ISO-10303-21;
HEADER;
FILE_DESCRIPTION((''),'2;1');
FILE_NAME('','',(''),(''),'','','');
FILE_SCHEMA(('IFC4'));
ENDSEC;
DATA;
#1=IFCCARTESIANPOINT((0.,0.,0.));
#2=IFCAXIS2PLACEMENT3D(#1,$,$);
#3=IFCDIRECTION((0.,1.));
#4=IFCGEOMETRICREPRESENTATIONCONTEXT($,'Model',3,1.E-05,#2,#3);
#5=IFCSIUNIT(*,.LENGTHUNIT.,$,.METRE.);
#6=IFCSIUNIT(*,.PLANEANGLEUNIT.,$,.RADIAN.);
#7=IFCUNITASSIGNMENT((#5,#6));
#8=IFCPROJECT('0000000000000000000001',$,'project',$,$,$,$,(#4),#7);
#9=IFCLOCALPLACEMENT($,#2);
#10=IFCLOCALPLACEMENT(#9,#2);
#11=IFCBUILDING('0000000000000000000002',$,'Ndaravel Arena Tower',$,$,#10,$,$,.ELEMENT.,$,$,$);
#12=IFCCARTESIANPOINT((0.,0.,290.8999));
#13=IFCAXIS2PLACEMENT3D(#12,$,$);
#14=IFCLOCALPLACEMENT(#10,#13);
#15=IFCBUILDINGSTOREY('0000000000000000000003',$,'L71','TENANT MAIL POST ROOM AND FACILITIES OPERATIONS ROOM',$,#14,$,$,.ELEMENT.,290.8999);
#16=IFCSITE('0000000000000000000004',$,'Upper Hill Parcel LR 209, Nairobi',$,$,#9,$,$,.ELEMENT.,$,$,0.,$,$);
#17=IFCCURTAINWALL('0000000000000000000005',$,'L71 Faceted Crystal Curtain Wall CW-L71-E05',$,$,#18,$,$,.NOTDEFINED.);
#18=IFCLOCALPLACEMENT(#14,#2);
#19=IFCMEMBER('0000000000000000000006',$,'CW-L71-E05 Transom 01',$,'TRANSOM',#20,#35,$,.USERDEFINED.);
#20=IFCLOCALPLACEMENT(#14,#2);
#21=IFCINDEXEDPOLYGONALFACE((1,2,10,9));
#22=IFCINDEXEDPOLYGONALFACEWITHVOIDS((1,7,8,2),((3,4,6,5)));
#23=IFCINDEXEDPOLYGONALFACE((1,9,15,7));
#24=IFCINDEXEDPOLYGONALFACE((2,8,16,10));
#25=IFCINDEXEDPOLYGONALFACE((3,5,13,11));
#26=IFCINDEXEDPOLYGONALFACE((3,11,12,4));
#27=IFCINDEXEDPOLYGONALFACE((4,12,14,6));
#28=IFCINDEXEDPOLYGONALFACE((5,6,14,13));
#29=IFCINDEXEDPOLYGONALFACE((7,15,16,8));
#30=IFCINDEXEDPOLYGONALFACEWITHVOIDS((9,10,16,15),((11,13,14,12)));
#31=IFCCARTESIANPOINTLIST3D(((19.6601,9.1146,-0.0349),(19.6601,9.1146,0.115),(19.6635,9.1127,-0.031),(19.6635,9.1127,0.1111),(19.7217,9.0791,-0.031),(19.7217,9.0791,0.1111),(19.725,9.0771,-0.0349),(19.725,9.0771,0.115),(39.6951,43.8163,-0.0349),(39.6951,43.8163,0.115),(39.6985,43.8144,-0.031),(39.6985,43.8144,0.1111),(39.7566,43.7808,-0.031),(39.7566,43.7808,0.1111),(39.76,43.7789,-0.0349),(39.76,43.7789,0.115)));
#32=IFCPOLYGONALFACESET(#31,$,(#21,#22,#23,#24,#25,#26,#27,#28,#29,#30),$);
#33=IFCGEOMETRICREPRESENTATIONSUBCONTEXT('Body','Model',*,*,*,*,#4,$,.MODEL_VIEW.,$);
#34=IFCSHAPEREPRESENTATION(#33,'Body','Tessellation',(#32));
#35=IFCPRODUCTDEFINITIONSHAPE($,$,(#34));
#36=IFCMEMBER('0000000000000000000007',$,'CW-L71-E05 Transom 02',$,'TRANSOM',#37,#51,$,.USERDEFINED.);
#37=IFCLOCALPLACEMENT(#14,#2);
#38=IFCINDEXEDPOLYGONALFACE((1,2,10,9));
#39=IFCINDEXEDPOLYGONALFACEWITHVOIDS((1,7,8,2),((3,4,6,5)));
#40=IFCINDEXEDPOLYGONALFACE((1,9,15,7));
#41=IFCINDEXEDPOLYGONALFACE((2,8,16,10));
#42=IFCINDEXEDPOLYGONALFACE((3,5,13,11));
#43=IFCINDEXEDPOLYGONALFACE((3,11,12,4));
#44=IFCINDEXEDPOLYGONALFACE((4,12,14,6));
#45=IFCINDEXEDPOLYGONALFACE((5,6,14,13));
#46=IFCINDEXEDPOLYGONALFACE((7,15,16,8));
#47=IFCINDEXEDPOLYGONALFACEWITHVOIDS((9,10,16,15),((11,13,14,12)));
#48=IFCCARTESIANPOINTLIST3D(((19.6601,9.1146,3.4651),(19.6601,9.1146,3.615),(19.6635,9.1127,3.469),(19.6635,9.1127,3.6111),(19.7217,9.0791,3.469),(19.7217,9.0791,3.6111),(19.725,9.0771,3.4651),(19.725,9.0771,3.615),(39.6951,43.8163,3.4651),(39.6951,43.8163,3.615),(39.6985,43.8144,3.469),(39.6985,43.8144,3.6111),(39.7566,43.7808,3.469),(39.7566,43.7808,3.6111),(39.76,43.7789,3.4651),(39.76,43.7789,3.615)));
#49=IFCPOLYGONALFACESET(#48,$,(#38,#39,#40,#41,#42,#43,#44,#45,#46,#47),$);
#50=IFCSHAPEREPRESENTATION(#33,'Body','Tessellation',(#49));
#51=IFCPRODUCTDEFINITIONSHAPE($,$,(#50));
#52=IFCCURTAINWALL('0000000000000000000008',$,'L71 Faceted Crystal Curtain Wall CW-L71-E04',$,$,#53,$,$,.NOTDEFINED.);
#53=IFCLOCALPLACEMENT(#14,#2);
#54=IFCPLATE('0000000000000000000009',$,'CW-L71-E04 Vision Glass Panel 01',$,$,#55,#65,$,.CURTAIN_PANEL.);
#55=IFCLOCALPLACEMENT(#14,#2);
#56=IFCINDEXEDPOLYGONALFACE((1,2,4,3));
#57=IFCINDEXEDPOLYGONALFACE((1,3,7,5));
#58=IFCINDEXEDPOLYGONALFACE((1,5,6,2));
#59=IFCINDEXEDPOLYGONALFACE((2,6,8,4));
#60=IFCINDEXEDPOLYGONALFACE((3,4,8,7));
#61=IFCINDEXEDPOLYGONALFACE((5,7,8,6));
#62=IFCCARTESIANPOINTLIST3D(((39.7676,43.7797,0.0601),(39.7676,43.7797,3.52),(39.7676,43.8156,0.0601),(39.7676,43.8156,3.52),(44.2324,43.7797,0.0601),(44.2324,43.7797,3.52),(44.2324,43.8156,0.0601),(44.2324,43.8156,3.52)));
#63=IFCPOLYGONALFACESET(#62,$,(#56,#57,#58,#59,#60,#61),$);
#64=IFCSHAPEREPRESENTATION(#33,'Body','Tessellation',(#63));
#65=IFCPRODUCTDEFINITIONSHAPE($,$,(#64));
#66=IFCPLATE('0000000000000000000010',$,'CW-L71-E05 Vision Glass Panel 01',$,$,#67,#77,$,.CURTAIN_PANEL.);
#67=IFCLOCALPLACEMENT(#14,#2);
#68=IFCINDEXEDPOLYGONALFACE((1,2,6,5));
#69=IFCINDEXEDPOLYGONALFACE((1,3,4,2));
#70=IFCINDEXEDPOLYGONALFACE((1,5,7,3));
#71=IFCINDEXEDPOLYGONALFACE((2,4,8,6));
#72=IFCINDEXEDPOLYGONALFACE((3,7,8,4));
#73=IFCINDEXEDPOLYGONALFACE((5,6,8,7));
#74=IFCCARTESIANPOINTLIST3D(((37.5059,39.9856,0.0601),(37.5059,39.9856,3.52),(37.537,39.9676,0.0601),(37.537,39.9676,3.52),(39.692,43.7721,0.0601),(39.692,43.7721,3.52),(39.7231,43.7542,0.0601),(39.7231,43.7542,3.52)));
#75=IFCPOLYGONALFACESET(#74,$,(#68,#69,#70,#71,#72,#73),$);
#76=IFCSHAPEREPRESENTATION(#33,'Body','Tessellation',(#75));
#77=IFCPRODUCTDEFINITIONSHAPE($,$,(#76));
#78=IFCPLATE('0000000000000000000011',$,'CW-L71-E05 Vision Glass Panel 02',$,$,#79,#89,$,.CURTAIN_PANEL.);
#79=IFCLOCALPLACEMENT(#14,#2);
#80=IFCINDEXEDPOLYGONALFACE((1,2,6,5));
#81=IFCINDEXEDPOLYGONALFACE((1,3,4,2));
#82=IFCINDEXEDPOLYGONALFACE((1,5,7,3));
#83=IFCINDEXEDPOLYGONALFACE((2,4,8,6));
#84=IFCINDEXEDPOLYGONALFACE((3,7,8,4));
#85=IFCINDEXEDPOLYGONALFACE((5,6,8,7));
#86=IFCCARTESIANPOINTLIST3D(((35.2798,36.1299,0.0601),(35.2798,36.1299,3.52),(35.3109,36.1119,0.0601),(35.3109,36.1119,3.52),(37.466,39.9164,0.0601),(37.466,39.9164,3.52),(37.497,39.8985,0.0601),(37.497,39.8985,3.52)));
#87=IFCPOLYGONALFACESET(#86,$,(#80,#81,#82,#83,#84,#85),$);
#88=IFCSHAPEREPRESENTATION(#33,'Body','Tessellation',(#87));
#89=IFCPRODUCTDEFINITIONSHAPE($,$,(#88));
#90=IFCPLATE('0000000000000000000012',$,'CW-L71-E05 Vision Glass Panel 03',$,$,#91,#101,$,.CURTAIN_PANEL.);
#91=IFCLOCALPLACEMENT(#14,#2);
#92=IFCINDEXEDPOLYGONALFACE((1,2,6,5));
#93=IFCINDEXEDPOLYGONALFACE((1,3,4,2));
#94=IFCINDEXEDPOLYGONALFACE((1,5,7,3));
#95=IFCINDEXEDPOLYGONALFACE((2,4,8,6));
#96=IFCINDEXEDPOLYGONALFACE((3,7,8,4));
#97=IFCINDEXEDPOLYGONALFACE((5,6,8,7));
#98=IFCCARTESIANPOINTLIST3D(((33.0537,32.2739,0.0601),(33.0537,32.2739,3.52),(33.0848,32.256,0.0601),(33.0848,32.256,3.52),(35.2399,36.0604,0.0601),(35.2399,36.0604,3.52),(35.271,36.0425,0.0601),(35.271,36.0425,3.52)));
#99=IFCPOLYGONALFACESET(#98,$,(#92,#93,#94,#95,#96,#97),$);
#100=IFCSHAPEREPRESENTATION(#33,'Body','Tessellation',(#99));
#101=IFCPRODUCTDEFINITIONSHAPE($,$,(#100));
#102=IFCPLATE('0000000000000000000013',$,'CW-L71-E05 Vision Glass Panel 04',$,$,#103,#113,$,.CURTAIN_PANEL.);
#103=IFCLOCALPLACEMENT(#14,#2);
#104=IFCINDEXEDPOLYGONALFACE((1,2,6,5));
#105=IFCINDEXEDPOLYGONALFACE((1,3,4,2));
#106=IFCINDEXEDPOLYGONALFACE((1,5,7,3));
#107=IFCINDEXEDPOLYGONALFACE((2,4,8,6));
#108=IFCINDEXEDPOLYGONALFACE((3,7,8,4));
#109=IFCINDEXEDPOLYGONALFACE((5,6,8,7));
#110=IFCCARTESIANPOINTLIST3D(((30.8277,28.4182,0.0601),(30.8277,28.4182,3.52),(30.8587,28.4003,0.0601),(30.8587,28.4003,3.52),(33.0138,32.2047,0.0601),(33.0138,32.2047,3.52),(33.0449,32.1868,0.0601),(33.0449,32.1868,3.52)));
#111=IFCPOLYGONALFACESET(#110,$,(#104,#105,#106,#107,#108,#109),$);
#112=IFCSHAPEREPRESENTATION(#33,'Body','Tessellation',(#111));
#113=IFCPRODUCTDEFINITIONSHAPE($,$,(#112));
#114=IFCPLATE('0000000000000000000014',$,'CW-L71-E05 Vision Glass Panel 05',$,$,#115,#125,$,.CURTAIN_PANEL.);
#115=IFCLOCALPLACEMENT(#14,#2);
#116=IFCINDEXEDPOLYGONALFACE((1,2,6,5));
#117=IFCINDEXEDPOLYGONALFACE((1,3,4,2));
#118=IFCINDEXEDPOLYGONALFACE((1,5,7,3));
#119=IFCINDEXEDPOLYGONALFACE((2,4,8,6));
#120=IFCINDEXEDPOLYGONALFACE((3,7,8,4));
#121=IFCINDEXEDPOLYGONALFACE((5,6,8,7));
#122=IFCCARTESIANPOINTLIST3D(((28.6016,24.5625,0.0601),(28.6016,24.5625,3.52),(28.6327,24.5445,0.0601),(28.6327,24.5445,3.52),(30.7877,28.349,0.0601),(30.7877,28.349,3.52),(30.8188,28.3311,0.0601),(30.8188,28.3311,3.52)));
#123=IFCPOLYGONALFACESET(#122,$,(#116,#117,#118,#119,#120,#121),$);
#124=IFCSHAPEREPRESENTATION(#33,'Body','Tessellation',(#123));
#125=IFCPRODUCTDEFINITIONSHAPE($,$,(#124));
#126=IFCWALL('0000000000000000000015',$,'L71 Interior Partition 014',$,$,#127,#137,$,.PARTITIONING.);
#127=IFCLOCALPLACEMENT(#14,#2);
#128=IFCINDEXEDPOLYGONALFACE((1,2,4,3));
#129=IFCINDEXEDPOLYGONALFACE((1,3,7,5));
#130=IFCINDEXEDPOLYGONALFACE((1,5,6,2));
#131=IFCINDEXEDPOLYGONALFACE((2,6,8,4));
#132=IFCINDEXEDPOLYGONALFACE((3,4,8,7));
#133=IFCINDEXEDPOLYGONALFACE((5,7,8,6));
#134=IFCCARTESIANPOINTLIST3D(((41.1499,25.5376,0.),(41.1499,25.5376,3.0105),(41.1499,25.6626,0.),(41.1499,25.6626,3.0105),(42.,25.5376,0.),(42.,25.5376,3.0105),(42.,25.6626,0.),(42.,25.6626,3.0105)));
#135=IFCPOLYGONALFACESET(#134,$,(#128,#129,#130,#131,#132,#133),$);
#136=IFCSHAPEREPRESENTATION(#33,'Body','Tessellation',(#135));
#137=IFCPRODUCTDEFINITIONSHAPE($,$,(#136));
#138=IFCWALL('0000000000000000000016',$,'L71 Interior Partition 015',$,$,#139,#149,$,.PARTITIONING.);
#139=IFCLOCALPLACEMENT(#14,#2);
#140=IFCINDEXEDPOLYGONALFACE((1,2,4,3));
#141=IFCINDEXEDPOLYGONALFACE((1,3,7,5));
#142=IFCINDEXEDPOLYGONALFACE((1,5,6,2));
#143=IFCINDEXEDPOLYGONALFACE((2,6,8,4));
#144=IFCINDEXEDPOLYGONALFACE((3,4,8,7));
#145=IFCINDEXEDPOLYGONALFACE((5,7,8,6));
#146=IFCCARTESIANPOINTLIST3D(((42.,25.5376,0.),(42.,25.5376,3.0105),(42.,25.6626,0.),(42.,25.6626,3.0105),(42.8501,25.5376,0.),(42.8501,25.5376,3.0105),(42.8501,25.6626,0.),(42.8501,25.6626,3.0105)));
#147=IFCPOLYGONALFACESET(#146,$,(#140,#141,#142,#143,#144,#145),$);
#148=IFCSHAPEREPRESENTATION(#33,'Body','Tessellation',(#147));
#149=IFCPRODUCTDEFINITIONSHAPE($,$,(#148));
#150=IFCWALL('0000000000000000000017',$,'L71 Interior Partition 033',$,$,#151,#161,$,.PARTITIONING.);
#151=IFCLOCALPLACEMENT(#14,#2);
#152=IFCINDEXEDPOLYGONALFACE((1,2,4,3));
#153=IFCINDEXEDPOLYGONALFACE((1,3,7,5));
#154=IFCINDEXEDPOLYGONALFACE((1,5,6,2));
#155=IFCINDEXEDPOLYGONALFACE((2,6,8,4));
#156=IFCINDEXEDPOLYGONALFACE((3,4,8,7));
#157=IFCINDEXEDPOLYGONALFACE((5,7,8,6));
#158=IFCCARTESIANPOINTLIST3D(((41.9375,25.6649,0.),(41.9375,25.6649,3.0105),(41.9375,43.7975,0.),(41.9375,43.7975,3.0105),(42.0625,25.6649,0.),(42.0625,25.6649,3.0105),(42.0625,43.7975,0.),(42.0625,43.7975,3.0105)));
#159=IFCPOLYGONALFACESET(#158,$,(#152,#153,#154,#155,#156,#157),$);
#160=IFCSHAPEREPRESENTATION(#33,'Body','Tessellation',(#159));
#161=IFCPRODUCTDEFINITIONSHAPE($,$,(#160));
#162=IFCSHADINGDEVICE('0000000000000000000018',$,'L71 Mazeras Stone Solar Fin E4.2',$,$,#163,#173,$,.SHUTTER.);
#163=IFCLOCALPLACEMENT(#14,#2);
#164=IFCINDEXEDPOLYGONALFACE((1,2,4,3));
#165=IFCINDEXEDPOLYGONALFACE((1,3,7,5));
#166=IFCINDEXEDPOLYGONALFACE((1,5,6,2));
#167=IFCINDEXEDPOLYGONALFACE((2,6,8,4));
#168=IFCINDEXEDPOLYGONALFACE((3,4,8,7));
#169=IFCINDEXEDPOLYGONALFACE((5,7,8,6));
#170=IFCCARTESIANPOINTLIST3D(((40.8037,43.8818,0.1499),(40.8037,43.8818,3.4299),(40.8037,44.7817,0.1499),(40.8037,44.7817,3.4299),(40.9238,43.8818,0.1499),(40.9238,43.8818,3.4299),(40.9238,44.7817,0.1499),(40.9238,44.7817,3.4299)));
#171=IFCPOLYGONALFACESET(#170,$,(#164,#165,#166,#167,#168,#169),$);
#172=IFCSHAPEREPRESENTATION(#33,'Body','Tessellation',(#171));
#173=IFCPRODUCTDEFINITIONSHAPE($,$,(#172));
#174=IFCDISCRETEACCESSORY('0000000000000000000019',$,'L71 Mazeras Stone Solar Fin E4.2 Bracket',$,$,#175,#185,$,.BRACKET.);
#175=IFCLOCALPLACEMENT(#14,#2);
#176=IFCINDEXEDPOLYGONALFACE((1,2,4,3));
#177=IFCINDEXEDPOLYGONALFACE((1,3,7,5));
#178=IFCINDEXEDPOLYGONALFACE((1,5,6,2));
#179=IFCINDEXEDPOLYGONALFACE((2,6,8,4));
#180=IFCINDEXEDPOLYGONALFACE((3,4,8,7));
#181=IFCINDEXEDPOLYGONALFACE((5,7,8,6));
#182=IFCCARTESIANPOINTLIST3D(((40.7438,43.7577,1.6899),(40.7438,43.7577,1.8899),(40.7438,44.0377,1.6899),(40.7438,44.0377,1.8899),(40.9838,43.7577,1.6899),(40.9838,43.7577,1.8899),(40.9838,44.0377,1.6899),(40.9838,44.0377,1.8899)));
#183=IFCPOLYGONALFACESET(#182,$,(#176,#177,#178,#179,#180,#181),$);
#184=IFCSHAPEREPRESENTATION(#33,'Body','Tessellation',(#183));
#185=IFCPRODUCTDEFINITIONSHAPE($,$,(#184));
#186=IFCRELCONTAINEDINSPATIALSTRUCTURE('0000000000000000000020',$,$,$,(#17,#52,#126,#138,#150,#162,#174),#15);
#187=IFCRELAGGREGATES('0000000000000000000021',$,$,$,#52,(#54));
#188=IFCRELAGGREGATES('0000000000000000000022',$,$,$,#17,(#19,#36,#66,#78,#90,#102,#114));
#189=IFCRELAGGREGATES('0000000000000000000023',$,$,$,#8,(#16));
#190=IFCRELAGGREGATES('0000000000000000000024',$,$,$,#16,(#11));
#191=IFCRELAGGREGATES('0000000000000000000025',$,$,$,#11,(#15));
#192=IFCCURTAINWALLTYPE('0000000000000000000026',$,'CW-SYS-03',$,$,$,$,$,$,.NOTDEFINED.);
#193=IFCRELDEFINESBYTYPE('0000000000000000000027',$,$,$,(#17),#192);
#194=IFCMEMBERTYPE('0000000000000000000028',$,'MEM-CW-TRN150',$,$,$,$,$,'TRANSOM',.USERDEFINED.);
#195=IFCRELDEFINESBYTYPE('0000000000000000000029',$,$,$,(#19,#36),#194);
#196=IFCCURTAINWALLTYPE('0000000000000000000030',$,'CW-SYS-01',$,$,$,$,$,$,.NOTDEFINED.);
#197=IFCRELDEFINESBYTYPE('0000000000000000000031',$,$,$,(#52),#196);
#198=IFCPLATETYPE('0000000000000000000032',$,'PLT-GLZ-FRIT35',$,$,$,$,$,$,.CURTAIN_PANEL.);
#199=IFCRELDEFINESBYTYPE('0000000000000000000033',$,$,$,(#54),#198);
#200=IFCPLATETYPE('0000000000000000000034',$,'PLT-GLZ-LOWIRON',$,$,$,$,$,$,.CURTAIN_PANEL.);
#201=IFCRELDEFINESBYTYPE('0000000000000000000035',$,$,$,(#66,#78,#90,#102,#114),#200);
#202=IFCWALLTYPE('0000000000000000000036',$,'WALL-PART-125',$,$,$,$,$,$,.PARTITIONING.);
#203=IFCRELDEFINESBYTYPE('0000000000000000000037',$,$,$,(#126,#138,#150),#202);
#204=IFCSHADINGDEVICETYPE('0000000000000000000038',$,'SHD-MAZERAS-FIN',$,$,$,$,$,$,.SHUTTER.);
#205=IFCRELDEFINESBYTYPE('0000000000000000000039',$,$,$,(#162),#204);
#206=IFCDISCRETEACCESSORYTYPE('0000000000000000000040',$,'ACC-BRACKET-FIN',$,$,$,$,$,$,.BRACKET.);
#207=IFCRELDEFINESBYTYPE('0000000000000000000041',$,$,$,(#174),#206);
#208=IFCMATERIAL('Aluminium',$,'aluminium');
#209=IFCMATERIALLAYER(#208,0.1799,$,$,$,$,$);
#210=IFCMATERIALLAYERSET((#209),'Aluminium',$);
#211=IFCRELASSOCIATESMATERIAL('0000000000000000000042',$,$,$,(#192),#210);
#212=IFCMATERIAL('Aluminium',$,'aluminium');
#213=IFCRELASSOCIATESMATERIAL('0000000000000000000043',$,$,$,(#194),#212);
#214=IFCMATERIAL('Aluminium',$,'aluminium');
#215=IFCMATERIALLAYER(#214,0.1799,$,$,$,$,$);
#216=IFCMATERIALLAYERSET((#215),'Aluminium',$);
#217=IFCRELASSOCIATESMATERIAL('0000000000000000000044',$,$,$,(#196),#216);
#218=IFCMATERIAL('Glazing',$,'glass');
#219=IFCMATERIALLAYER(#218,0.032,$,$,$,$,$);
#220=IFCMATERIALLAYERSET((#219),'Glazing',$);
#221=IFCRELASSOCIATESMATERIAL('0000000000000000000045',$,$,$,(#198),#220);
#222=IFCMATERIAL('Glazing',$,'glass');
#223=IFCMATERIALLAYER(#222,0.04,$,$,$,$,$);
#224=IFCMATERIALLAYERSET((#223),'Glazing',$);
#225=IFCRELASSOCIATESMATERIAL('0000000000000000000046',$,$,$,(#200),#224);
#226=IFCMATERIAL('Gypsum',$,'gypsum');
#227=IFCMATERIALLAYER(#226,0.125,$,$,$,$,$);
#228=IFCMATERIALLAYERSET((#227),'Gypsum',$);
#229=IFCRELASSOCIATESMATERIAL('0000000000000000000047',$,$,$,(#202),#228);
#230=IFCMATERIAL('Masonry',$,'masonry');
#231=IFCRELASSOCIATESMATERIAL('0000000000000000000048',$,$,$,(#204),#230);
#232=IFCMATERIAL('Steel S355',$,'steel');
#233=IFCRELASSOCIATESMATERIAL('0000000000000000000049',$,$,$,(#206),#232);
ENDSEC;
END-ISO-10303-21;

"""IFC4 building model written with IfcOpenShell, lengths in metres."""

from ifc_helpers import new_model, si_unit, direction, frame, frame_2d, origin, origin_2d, place, context, subcontext, project, spatial, rectangle, hollow_rectangle, extrude, material, layer, layer_set, material_profile, profile_set, type_object, element, aggregate, save


model = new_model("IFC4")

# Units and contexts
model_context = context("Model", 3, precision=1e-05, world=origin(), true_north=direction((0.0, 1.0)))
body_context = subcontext(model_context, "Body", "Model", "MODEL_VIEW")
ifc_project = project(units=[si_unit("LENGTHUNIT", "METRE"), si_unit("PLANEANGLEUNIT", "RADIAN")], contexts=[model_context])

# Site, building, storey
site_placement = place(None, origin())
site = spatial("IfcSite", under=ifc_project, at=site_placement, Name="Upper Hill Parcel LR 209, Nairobi", CompositionType="ELEMENT", RefElevation=0.0)
building_placement = place(site_placement, origin())
building = spatial("IfcBuilding", under=site, at=building_placement, Name="Ndaravel Arena Tower", CompositionType="ELEMENT")
storey_placement = place(building_placement, frame((0.0, 0.0, 290.8999)))
storey = spatial("IfcBuildingStorey", under=building, at=storey_placement, Name="L71", Description="TENANT MAIL POST ROOM AND FACILITIES OPERATIONS ROOM", CompositionType="ELEMENT", Elevation=290.8999)

# Curtain wall, members
ifc_material_1 = material(Name="Aluminium", Category="aluminium")
ifc_layer_1 = layer(ifc_material_1, 0.1799)
ifc_layer_set_1 = layer_set([ifc_layer_1], Name="Aluminium")
curtain_wall_type_1 = type_object("IfcCurtainWallType", Name="CW-SYS-03", PredefinedType="NOTDEFINED", material=ifc_layer_set_1)
curtain_wall_1_placement = place(storey_placement, origin())
curtain_wall_1 = element("IfcCurtainWall", 1, at=curtain_wall_1_placement, inside=storey, type_object=curtain_wall_type_1, Name="L71 Faceted Crystal Curtain Wall CW-L71-E05", PredefinedType="NOTDEFINED")
ifc_material_2 = material(Name="Aluminium", Category="aluminium")
ifc_material_profile_1 = material_profile(ifc_material_2, hollow_rectangle(XDim=0.075, YDim=0.1499, WallThickness=0.0039, at=origin_2d()), Name="CW TRANSOM 75x150x4")
ifc_profile_set_1 = profile_set([ifc_material_profile_1], Name="Aluminium")
member_type_1 = type_object("IfcMemberType", Name="MEM-CW-TRN150", ElementType="TRANSOM", PredefinedType="USERDEFINED", material=ifc_profile_set_1)
member_1_placement = place(storey_placement, frame((39.7275, 43.7976, 0.04), z_axis=(-0.499998, -0.866026, 0.0), x_axis=(0.866026, -0.499998, 0.0)))
member_1 = element("IfcMember", 2, at=member_1_placement, type_object=member_type_1, Name="CW-L71-E05 Transom 01", ObjectType="TRANSOM", PredefinedType="USERDEFINED", context=body_context, shape_type="SweptSolid", body=[
    extrude(hollow_rectangle(XDim=0.075, YDim=0.1499, WallThickness=0.0039, at=origin_2d()), origin(), (0.0, 0.0, 1.0), 40.0701),
])
member_2_placement = place(storey_placement, frame((39.7275, 43.7976, 3.54), z_axis=(-0.499998, -0.866026, 0.0), x_axis=(0.866026, -0.499998, 0.0)))
member_2 = element("IfcMember", 3, at=member_2_placement, type_object=member_type_1, Name="CW-L71-E05 Transom 02", ObjectType="TRANSOM", PredefinedType="USERDEFINED", context=body_context, shape_type="SweptSolid", body=[
    extrude(hollow_rectangle(XDim=0.075, YDim=0.1499, WallThickness=0.0039, at=origin_2d()), origin(), (0.0, 0.0, 1.0), 40.0701),
])

# Curtain wall, plate
ifc_material_3 = material(Name="Aluminium", Category="aluminium")
ifc_layer_2 = layer(ifc_material_3, 0.1799)
ifc_layer_set_2 = layer_set([ifc_layer_2], Name="Aluminium")
curtain_wall_type_2 = type_object("IfcCurtainWallType", Name="CW-SYS-01", PredefinedType="NOTDEFINED", material=ifc_layer_set_2)
curtain_wall_2_placement = place(storey_placement, origin())
curtain_wall_2 = element("IfcCurtainWall", 4, at=curtain_wall_2_placement, inside=storey, type_object=curtain_wall_type_2, Name="L71 Faceted Crystal Curtain Wall CW-L71-E04", PredefinedType="NOTDEFINED")
ifc_material_4 = material(Name="Glazing", Category="glass")
ifc_layer_3 = layer(ifc_material_4, 0.032)
ifc_layer_set_3 = layer_set([ifc_layer_3], Name="Glazing")
plate_type_1 = type_object("IfcPlateType", Name="PLT-GLZ-FRIT35", PredefinedType="CURTAIN_PANEL", material=ifc_layer_set_3)
plate_1_placement = place(storey_placement, frame((42.0, 43.7976, 0.0601), z_axis=(0.0, 0.0, 1.0), x_axis=(-1.0, 0.0, 0.0)))
plate_1 = element("IfcPlate", 5, at=plate_1_placement, type_object=plate_type_1, Name="CW-L71-E04 Vision Glass Panel 01", PredefinedType="CURTAIN_PANEL", context=body_context, shape_type="SweptSolid", body=[
    extrude(rectangle(XDim=4.4648, YDim=0.0359, at=origin_2d()), origin(), (0.0, 0.0, 1.0), 3.46),
])
aggregate(curtain_wall_2, [plate_1])

# Plates
ifc_material_5 = material(Name="Glazing", Category="glass")
ifc_layer_4 = layer(ifc_material_5, 0.04)
ifc_layer_set_4 = layer_set([ifc_layer_4], Name="Glazing")
plate_type_2 = type_object("IfcPlateType", Name="PLT-GLZ-LOWIRON", PredefinedType="CURTAIN_PANEL", material=ifc_layer_set_4)
plate_2_placement = place(storey_placement, frame((38.6145, 41.8699, 0.0601), z_axis=(0.0, 0.0, 1.0), x_axis=(-0.5, -0.866025, 0.0)))
plate_2 = element("IfcPlate", 6, at=plate_2_placement, type_object=plate_type_2, Name="CW-L71-E05 Vision Glass Panel 01", PredefinedType="CURTAIN_PANEL", context=body_context, shape_type="SweptSolid", body=[
    extrude(rectangle(XDim=4.3723, YDim=0.0359, at=origin_2d()), origin(), (0.0, 0.0, 1.0), 3.46),
])
plate_3_placement = place(storey_placement, frame((36.3884, 38.0142, 0.0601), z_axis=(0.0, 0.0, 1.0), x_axis=(-0.5, -0.866025, 0.0)))
plate_3 = element("IfcPlate", 7, at=plate_3_placement, type_object=plate_type_2, Name="CW-L71-E05 Vision Glass Panel 02", PredefinedType="CURTAIN_PANEL", context=body_context, shape_type="SweptSolid", body=[
    extrude(rectangle(XDim=4.3723, YDim=0.0359, at=origin_2d()), origin(), (0.0, 0.0, 1.0), 3.46),
])
plate_4_placement = place(storey_placement, frame((34.1624, 34.1582, 0.0601), z_axis=(0.0, 0.0, 1.0), x_axis=(-0.5, -0.866025, 0.0)))
plate_4 = element("IfcPlate", 8, at=plate_4_placement, type_object=plate_type_2, Name="CW-L71-E05 Vision Glass Panel 03", PredefinedType="CURTAIN_PANEL", context=body_context, shape_type="SweptSolid", body=[
    extrude(rectangle(XDim=4.3723, YDim=0.0359, at=origin_2d()), origin(), (0.0, 0.0, 1.0), 3.46),
])
plate_5_placement = place(storey_placement, frame((31.9363, 30.3025, 0.0601), z_axis=(0.0, 0.0, 1.0), x_axis=(-0.5, -0.866025, 0.0)))
plate_5 = element("IfcPlate", 9, at=plate_5_placement, type_object=plate_type_2, Name="CW-L71-E05 Vision Glass Panel 04", PredefinedType="CURTAIN_PANEL", context=body_context, shape_type="SweptSolid", body=[
    extrude(rectangle(XDim=4.3723, YDim=0.0359, at=origin_2d()), origin(), (0.0, 0.0, 1.0), 3.46),
])
plate_6_placement = place(storey_placement, frame((29.7102, 26.4468, 0.0601), z_axis=(0.0, 0.0, 1.0), x_axis=(-0.5, -0.866025, 0.0)))
plate_6 = element("IfcPlate", 10, at=plate_6_placement, type_object=plate_type_2, Name="CW-L71-E05 Vision Glass Panel 05", PredefinedType="CURTAIN_PANEL", context=body_context, shape_type="SweptSolid", body=[
    extrude(rectangle(XDim=4.3723, YDim=0.0359, at=origin_2d()), origin(), (0.0, 0.0, 1.0), 3.46),
])
aggregate(curtain_wall_1, [member_1, member_2, plate_2, plate_3, plate_4, plate_5, plate_6])

# Walls
ifc_material_6 = material(Name="Gypsum", Category="gypsum")
ifc_layer_5 = layer(ifc_material_6, 0.125)
ifc_layer_set_5 = layer_set([ifc_layer_5], Name="Gypsum")
wall_type = type_object("IfcWallType", Name="WALL-PART-125", PredefinedType="PARTITIONING", material=ifc_layer_set_5)
for number, where, z_axis, x_axis, name in (
    (11, (41.1499, 25.6001, 0.0), (0.0, 0.0, 1.0), (1.0, 0.0, 0.0), "L71 Interior Partition 014"),
    (12, (42.0, 25.6001, 0.0), (0.0, 0.0, 1.0), (1.0, 0.0, 0.0), "L71 Interior Partition 015"),
):
    element("IfcWall", number, at=place(storey_placement, frame(where, z_axis=z_axis, x_axis=x_axis)), inside=storey, type_object=wall_type, Name=name, PredefinedType="PARTITIONING", context=body_context, shape_type="SweptSolid", body=[
        extrude(rectangle(XDim=0.8501, YDim=0.125, at=frame_2d((0.425, 0.0))), origin(), (0.0, 0.0, 1.0), 3.0105),
    ])
wall_placement = place(storey_placement, frame((42.0, 43.7976, 0.0), z_axis=(0.0, 0.0, 1.0), x_axis=(0.0, -1.0, 0.0)))
element("IfcWall", 13, at=wall_placement, inside=storey, type_object=wall_type, Name="L71 Interior Partition 033", PredefinedType="PARTITIONING", context=body_context, shape_type="SweptSolid", body=[
    extrude(rectangle(XDim=18.1326, YDim=0.125, at=frame_2d((9.0664, 0.0))), origin(), (0.0, 0.0, 1.0), 3.0105),
])

# Shading device
ifc_material_7 = material(Name="Masonry", Category="masonry")
shading_device_type = type_object("IfcShadingDeviceType", Name="SHD-MAZERAS-FIN", PredefinedType="SHUTTER", material=ifc_material_7)
shading_device_placement = place(storey_placement, frame((40.8638, 44.3318, 0.1499), z_axis=(0.0, 0.0, 1.0), x_axis=(0.0, 1.0, 0.0)))
element("IfcShadingDevice", 14, at=shading_device_placement, inside=storey, type_object=shading_device_type, Name="L71 Mazeras Stone Solar Fin E4.2", PredefinedType="SHUTTER", context=body_context, shape_type="SweptSolid", body=[
    extrude(rectangle(XDim=0.8999, YDim=0.1201, at=origin_2d()), origin(), (0.0, 0.0, 1.0), 3.28),
])

# Discrete accessory
ifc_material_8 = material(Name="Steel S355", Category="steel")
discrete_accessory_type = type_object("IfcDiscreteAccessoryType", Name="ACC-BRACKET-FIN", PredefinedType="BRACKET", material=ifc_material_8)
discrete_accessory_placement = place(storey_placement, frame((40.8638, 43.8977, 1.6899), z_axis=(0.0, 0.0, 1.0), x_axis=(0.0, 1.0, 0.0)))
element("IfcDiscreteAccessory", 15, at=discrete_accessory_placement, inside=storey, type_object=discrete_accessory_type, Name="L71 Mazeras Stone Solar Fin E4.2 Bracket", PredefinedType="BRACKET", context=body_context, shape_type="SweptSolid", body=[
    extrude(rectangle(XDim=0.28, YDim=0.24, at=origin_2d()), origin(), (0.0, 0.0, 1.0), 0.2),
])

save(model, "model.ifc")
